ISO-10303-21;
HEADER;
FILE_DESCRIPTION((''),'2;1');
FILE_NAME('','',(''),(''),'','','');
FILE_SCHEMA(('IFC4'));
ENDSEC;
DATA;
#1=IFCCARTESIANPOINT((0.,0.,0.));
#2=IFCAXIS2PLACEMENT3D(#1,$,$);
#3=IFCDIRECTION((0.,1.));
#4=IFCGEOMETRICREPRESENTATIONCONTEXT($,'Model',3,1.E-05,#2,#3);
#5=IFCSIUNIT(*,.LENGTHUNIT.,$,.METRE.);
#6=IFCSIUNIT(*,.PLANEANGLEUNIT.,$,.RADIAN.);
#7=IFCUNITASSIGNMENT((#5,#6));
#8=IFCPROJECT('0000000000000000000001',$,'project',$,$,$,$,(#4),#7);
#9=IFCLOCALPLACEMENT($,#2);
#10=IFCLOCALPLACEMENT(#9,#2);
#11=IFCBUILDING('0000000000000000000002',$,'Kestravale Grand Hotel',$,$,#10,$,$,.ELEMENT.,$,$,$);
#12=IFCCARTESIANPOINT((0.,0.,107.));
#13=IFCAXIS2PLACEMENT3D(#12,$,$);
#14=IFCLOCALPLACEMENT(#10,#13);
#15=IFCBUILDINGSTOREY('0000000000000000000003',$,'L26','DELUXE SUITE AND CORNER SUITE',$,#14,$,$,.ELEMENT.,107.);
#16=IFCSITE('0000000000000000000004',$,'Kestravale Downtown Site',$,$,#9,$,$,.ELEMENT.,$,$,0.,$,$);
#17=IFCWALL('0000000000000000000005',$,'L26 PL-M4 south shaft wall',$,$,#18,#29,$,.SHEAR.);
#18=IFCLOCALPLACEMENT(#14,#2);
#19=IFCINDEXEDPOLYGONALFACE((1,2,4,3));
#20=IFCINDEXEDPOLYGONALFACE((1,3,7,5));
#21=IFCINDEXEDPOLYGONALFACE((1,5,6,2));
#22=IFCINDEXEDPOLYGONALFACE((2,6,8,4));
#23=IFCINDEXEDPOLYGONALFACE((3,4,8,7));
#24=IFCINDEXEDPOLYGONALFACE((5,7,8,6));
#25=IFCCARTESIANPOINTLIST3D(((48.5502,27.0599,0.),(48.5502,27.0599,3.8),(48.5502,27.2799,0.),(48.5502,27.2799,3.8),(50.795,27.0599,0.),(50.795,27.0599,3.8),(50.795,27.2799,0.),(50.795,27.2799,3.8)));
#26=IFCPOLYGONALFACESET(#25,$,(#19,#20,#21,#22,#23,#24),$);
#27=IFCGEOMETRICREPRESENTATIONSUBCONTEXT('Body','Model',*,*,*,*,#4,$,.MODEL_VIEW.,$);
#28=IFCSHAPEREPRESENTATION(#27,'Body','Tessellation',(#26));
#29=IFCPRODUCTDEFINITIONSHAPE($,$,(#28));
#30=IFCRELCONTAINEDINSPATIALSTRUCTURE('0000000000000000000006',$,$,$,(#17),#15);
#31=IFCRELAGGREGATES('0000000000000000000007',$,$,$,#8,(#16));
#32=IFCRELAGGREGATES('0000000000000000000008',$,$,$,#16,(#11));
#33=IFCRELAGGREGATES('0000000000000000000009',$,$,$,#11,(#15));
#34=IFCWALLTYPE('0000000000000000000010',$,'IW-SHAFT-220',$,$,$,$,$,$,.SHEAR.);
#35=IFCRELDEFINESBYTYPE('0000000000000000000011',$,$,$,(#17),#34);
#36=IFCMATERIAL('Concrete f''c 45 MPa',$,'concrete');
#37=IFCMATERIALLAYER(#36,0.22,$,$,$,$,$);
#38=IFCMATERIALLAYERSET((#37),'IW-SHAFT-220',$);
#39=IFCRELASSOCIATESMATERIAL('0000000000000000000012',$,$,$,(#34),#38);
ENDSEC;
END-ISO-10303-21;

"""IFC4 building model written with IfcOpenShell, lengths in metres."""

from ifc_helpers import new_model, si_unit, direction, frame, frame_2d, origin, place, context, subcontext, project, spatial, rectangle, extrude, material, layer, layer_set, type_object, element, save


model = new_model("IFC4")

# Units and contexts
model_context = context("Model", 3, precision=1e-05, world=origin(), true_north=direction((0.0, 1.0)))
body_context = subcontext(model_context, "Body", "Model", "MODEL_VIEW")
ifc_project = project(units=[si_unit("LENGTHUNIT", "METRE"), si_unit("PLANEANGLEUNIT", "RADIAN")], contexts=[model_context])

# Site, building, storey
site_placement = place(None, origin())
site = spatial("IfcSite", under=ifc_project, at=site_placement, Name="Kestravale Downtown Site", CompositionType="ELEMENT", RefElevation=0.0)
building_placement = place(site_placement, origin())
building = spatial("IfcBuilding", under=site, at=building_placement, Name="Kestravale Grand Hotel", CompositionType="ELEMENT")
storey_placement = place(building_placement, frame((0.0, 0.0, 107.0)))
storey = spatial("IfcBuildingStorey", under=building, at=storey_placement, Name="L26", Description="DELUXE SUITE AND CORNER SUITE", CompositionType="ELEMENT", Elevation=107.0)

# Wall
ifc_material_1 = material(Name="Concrete f'c 45 MPa", Category="concrete")
ifc_layer_1 = layer(ifc_material_1, 0.22)
ifc_layer_set_1 = layer_set([ifc_layer_1], Name="IW-SHAFT-220")
wall_type_1 = type_object("IfcWallType", Name="IW-SHAFT-220", PredefinedType="SHEAR", material=ifc_layer_set_1)
wall_1_placement = place(storey_placement, frame((48.55, 27.1699, 0.0), z_axis=(0.0, 0.0, 1.0), x_axis=(1.0, 0.0, 0.0)))
element("IfcWall", 1, at=wall_1_placement, inside=storey, type_object=wall_type_1, Name="L26 PL-M4 south shaft wall", PredefinedType="SHEAR", context=body_context, shape_type="SweptSolid", body=[
    extrude(rectangle(XDim=2.2449, YDim=0.22, at=frame_2d((1.1226, 0.0))), origin(), (0.0, 0.0, 1.0), 3.8),
])

save(model, "model.ifc")
